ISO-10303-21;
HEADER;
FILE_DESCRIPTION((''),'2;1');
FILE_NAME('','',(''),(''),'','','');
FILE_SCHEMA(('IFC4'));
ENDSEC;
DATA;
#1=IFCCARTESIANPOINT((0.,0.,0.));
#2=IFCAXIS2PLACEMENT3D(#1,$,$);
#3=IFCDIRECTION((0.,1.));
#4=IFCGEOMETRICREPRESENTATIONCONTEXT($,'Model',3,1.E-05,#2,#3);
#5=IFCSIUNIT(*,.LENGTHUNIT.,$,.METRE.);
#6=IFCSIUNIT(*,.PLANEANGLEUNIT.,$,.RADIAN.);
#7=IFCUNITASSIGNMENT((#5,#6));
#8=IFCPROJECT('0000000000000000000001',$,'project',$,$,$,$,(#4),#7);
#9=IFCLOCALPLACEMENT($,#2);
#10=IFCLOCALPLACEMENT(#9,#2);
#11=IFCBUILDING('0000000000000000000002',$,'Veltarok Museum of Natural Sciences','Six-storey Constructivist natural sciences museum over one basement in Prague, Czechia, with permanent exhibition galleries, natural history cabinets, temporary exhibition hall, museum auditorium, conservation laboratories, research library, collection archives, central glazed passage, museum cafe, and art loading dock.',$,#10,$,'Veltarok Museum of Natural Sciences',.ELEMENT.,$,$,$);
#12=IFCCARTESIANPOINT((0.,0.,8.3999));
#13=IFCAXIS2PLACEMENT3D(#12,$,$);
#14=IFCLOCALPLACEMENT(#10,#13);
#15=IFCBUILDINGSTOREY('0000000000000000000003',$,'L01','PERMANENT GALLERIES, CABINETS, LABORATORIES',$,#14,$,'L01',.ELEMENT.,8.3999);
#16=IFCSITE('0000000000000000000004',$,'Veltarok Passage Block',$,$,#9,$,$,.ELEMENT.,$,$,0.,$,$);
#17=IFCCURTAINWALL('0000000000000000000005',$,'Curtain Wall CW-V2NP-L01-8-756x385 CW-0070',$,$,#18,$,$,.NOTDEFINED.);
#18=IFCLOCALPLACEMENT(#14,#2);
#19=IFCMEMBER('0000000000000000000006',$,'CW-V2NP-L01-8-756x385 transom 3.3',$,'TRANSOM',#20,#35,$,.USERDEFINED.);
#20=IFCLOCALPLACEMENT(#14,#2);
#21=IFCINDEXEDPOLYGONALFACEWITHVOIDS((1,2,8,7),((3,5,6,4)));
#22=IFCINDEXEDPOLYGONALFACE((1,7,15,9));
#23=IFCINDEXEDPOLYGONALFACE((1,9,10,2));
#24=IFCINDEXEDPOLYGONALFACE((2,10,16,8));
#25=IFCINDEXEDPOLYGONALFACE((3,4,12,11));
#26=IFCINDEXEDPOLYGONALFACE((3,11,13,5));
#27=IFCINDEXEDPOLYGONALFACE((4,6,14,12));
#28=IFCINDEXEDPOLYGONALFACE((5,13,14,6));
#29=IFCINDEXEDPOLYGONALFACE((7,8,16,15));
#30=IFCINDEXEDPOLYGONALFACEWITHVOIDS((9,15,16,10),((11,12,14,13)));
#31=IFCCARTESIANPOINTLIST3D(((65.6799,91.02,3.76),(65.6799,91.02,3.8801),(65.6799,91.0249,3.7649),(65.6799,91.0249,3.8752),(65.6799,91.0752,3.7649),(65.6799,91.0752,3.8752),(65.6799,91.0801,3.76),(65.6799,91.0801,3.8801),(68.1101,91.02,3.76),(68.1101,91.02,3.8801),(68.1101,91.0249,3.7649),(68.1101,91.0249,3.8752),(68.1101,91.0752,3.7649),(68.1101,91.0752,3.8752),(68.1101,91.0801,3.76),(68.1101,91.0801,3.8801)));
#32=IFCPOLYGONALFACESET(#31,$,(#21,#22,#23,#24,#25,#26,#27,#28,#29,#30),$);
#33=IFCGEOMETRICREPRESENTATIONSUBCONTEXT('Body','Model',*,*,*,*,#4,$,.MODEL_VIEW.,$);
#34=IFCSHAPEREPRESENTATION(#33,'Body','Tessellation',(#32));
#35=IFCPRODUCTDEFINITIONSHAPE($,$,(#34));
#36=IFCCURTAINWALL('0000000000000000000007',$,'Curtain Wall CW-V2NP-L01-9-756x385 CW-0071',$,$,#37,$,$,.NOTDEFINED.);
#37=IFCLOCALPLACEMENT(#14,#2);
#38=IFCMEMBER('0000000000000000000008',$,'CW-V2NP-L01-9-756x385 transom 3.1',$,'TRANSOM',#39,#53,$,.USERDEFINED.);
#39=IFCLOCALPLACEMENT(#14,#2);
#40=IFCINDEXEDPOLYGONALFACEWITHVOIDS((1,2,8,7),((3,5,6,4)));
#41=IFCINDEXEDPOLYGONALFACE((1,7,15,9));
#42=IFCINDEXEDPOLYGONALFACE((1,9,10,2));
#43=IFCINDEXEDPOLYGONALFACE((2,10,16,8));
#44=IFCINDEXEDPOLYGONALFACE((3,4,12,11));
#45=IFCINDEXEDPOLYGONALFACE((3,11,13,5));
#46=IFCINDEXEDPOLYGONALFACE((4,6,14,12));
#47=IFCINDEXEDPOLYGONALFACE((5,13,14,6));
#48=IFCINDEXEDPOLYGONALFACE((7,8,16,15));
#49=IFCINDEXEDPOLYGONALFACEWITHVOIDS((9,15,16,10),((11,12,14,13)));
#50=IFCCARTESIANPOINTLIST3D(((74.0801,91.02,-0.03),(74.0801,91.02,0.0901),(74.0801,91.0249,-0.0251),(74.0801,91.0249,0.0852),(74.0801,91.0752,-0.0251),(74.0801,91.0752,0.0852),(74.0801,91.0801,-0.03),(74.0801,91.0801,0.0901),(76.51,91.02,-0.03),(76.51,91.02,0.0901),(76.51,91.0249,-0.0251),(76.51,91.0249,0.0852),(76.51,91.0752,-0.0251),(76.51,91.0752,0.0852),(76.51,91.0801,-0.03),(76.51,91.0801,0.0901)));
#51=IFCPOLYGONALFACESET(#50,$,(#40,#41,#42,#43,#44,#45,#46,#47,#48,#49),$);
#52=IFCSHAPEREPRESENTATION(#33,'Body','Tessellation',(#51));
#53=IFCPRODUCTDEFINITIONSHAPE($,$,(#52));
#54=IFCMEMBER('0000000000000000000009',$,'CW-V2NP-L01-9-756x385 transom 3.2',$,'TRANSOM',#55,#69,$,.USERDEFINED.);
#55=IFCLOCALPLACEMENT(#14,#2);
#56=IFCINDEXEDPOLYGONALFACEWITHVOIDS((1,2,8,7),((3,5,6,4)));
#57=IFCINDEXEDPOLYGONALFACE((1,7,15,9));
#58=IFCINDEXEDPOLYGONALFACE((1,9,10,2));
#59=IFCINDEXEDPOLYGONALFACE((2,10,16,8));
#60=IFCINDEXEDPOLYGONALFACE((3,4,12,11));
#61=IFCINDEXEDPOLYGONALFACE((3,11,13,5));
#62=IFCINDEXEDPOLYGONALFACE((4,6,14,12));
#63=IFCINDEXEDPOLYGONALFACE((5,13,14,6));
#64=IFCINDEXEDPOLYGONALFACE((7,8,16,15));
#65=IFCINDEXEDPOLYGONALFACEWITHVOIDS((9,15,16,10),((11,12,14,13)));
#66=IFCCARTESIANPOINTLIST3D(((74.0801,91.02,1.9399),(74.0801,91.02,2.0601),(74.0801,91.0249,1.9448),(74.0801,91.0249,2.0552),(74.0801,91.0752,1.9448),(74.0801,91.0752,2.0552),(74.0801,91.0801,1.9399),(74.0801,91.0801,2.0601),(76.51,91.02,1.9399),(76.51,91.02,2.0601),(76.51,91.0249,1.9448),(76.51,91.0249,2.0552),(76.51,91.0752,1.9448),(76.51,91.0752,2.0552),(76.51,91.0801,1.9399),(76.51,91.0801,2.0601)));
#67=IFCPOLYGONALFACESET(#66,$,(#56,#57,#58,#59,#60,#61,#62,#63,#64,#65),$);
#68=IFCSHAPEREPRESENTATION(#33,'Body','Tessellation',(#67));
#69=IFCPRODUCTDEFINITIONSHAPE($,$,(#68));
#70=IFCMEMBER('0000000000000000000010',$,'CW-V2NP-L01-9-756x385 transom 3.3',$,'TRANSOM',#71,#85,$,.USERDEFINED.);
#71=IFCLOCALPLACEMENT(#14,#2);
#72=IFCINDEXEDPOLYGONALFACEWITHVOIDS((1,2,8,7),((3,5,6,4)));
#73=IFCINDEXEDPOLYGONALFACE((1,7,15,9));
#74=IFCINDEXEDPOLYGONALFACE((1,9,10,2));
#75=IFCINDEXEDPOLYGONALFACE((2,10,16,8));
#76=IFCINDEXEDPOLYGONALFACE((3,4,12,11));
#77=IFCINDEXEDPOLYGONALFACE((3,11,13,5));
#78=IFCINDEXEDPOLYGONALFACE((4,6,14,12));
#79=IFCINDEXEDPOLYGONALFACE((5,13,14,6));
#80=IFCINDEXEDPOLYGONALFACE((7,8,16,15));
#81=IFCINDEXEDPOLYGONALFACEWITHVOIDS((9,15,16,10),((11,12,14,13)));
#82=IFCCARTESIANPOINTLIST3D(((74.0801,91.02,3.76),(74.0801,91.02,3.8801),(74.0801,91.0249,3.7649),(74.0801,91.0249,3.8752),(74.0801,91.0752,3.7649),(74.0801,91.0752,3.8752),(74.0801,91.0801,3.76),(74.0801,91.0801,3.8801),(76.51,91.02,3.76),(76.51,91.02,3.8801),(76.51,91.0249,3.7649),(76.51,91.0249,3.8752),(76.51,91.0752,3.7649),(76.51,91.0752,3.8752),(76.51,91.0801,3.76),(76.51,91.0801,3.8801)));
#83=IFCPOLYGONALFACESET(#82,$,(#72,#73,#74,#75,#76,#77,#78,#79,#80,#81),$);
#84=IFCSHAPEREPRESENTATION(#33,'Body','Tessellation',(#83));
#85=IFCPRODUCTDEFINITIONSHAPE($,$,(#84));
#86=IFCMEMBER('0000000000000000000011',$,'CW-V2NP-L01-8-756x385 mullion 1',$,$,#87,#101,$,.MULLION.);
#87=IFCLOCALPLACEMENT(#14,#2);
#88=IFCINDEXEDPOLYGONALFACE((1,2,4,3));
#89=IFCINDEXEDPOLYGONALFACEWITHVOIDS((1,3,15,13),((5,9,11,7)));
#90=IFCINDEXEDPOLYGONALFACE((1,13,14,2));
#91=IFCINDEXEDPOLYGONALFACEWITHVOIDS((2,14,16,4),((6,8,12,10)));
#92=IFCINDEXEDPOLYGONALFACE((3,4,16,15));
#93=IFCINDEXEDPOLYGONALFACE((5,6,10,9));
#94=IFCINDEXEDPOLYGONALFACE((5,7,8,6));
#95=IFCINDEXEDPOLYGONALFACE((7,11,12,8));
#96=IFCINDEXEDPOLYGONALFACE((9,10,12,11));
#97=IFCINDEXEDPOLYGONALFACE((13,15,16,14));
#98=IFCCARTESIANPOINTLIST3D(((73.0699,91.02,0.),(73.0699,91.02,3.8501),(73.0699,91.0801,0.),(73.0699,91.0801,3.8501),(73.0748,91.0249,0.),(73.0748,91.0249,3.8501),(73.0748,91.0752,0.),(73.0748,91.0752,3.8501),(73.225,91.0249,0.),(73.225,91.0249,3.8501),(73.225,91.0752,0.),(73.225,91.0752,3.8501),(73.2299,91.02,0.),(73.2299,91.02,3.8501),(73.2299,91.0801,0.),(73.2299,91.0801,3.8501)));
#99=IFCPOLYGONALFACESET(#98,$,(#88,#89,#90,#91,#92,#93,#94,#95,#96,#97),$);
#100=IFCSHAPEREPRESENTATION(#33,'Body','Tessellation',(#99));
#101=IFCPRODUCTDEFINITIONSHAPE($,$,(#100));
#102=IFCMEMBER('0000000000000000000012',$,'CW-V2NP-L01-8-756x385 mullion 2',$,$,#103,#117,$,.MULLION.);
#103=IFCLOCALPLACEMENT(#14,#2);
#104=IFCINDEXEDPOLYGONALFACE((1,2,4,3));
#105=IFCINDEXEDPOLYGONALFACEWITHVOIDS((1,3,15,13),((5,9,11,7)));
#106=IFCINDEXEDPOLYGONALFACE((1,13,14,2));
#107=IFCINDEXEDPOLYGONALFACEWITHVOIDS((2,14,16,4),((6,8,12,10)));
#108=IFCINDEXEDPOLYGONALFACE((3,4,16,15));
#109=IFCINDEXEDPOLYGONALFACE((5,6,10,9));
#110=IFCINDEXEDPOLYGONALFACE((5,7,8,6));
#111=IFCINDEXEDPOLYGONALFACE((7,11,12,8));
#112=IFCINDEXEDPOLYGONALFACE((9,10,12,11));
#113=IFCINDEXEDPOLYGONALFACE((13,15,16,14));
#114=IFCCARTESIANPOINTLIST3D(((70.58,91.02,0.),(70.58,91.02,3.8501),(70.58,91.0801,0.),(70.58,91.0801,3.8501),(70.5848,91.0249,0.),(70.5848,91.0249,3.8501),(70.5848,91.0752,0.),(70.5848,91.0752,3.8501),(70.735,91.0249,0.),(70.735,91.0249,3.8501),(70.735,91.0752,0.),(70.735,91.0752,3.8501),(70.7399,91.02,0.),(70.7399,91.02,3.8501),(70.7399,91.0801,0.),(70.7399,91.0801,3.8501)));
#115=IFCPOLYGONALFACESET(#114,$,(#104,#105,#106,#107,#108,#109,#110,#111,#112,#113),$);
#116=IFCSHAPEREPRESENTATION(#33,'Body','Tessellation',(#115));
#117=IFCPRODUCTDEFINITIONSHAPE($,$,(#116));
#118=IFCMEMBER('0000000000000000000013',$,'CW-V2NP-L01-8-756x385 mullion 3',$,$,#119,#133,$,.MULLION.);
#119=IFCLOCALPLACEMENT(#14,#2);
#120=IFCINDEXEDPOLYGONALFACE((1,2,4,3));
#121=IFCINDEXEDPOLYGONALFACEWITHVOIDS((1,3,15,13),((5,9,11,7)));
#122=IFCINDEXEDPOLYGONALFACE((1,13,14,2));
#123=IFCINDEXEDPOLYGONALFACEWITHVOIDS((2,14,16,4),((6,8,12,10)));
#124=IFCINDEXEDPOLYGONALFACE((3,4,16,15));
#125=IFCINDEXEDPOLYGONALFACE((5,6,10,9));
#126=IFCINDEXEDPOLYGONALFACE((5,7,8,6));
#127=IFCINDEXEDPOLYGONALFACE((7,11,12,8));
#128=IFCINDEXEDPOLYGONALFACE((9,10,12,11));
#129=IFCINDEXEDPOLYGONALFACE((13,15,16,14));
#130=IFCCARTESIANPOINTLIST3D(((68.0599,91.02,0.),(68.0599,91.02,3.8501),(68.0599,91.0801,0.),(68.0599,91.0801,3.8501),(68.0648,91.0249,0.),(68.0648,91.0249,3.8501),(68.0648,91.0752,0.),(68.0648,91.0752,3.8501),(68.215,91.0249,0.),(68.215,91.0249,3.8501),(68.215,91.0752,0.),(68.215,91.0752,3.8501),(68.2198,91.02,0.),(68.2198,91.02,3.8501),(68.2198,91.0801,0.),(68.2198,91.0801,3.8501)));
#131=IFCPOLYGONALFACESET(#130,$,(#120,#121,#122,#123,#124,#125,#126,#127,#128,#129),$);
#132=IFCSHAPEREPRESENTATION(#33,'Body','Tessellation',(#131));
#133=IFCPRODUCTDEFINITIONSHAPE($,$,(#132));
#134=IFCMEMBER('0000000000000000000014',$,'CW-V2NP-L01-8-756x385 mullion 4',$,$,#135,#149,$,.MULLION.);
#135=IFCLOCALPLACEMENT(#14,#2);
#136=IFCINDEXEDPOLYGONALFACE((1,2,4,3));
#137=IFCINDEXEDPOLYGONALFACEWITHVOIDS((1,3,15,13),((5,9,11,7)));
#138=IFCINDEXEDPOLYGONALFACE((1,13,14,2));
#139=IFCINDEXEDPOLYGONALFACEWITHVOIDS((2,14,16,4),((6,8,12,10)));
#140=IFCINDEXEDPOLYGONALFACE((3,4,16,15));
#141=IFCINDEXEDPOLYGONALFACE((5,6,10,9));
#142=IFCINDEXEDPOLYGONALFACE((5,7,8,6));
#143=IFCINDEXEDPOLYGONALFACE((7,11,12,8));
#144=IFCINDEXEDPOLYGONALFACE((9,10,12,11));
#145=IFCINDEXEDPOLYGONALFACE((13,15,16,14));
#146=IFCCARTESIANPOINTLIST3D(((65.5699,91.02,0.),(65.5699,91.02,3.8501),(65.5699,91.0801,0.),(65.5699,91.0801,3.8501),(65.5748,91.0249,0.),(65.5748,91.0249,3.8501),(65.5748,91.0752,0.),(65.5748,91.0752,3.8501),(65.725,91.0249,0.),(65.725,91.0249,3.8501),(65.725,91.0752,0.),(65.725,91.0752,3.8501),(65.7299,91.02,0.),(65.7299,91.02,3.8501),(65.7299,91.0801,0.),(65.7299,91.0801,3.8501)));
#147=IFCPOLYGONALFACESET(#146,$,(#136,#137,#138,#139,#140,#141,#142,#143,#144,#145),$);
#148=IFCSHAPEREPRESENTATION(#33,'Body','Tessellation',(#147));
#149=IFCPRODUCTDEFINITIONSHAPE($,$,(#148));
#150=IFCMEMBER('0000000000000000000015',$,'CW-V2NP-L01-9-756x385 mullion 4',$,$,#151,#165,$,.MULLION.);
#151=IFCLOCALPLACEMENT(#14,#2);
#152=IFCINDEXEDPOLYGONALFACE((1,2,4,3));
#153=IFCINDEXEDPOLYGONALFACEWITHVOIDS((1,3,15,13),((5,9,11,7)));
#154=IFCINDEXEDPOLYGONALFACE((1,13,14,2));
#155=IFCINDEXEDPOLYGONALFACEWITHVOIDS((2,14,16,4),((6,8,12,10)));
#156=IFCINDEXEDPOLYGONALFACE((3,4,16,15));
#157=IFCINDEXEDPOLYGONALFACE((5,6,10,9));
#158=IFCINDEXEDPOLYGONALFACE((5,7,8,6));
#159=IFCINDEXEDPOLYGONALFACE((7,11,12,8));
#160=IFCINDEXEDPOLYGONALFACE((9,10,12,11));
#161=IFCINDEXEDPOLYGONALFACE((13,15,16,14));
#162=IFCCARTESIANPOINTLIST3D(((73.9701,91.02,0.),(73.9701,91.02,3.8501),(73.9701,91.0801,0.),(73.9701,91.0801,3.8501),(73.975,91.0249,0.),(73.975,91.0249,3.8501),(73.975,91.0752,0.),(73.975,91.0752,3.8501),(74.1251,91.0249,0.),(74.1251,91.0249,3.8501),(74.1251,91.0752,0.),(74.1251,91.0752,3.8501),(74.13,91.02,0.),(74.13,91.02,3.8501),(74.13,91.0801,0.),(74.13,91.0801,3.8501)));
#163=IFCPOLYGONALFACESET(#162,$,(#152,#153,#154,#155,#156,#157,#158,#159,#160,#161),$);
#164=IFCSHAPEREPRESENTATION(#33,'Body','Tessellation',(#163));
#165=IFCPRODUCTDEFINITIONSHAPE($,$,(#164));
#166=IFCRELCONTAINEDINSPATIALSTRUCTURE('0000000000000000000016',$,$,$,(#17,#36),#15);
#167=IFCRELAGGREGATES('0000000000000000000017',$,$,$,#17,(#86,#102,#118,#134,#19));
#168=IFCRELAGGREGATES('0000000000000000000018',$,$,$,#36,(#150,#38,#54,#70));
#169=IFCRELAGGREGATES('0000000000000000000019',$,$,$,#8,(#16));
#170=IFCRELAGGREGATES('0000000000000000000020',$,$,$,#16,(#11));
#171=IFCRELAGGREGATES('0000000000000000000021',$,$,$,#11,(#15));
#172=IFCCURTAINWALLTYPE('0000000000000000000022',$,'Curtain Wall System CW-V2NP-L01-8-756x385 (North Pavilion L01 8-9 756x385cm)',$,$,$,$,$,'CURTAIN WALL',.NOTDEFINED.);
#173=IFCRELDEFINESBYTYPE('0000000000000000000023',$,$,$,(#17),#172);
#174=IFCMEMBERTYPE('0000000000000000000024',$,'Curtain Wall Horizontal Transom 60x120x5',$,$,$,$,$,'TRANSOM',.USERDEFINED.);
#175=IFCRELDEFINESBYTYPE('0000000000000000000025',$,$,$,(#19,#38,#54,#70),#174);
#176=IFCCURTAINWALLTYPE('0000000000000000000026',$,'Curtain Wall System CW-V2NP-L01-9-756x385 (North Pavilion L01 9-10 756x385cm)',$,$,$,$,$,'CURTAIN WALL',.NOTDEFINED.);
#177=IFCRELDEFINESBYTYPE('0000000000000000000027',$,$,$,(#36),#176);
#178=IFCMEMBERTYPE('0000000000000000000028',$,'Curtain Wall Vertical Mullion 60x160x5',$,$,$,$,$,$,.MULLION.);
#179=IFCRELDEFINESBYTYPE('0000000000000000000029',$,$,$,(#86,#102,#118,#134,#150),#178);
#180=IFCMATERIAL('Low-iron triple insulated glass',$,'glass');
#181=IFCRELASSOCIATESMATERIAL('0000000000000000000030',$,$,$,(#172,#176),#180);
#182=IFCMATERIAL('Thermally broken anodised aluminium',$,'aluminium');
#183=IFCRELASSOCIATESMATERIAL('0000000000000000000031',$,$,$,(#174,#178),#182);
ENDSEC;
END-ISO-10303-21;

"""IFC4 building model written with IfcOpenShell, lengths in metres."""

from ifc_helpers import new_model, si_unit, direction, frame, origin, origin_2d, place, context, subcontext, project, spatial, hollow_rectangle, extrude, material, material_profile, profile_set, type_object, element, aggregate, save


model = new_model("IFC4")

# Units and contexts
model_context = context("Model", 3, precision=1e-05, world=origin(), true_north=direction((0.0, 1.0)))
body_context = subcontext(model_context, "Body", "Model", "MODEL_VIEW")
ifc_project = project(units=[si_unit("LENGTHUNIT", "METRE"), si_unit("PLANEANGLEUNIT", "RADIAN")], contexts=[model_context])

# Site, building, storey
site_placement = place(None, origin())
site = spatial("IfcSite", under=ifc_project, at=site_placement, Name="Veltarok Passage Block", CompositionType="ELEMENT", RefElevation=0.0)
building_placement = place(site_placement, origin())
building = spatial("IfcBuilding", under=site, at=building_placement, Name="Veltarok Museum of Natural Sciences", Description="Six-storey Constructivist natural sciences museum over one basement in Prague, Czechia, with permanent exhibition galleries, natural history cabinets, temporary exhibition hall, museum auditorium, conservation laboratories, research library, collection archives, central glazed passage, museum cafe, and art loading dock.", LongName="Veltarok Museum of Natural Sciences", CompositionType="ELEMENT")
storey_placement = place(building_placement, frame((0.0, 0.0, 8.3999)))
storey = spatial("IfcBuildingStorey", under=building, at=storey_placement, Name="L01", Description="PERMANENT GALLERIES, CABINETS, LABORATORIES", LongName="L01", CompositionType="ELEMENT", Elevation=8.3999)

# Curtain walls, members
ifc_material_1 = material(Name="Low-iron triple insulated glass", Category="glass")
curtain_wall_type_1 = type_object("IfcCurtainWallType", Name="Curtain Wall System CW-V2NP-L01-8-756x385 (North Pavilion L01 8-9 756x385cm)", ElementType="CURTAIN WALL", PredefinedType="NOTDEFINED", material=ifc_material_1)
curtain_wall_1_placement = place(storey_placement, origin())
curtain_wall_1 = element("IfcCurtainWall", 1, at=curtain_wall_1_placement, inside=storey, type_object=curtain_wall_type_1, Name="Curtain Wall CW-V2NP-L01-8-756x385 CW-0070", PredefinedType="NOTDEFINED")
ifc_material_2 = material(Name="Thermally broken anodised aluminium", Category="aluminium")
ifc_material_profile_1 = material_profile(ifc_material_2, hollow_rectangle(XDim=0.0601, YDim=0.1201, WallThickness=0.0049, at=origin_2d()), Name="CW TRANSOM 60x120x5")
ifc_profile_set_1 = profile_set([ifc_material_profile_1], Name="Thermally broken anodised aluminium")
member_type_1 = type_object("IfcMemberType", Name="Curtain Wall Horizontal Transom 60x120x5", ElementType="TRANSOM", PredefinedType="USERDEFINED", material=ifc_profile_set_1)
member_1_placement = place(storey_placement, frame((68.1101, 91.05, 3.8201), z_axis=(-1.0, 0.0, 0.0), x_axis=(0.0, -1.0, 0.0)))
member_1 = element("IfcMember", 2, at=member_1_placement, type_object=member_type_1, Name="CW-V2NP-L01-8-756x385 transom 3.3", ObjectType="TRANSOM", PredefinedType="USERDEFINED", context=body_context, shape_type="SweptSolid", body=[
    extrude(hollow_rectangle(XDim=0.0601, YDim=0.1201, WallThickness=0.0049, at=origin_2d()), origin(), (0.0, 0.0, 1.0), 2.4302),
])
curtain_wall_type_2 = type_object("IfcCurtainWallType", Name="Curtain Wall System CW-V2NP-L01-9-756x385 (North Pavilion L01 9-10 756x385cm)", ElementType="CURTAIN WALL", PredefinedType="NOTDEFINED", material=ifc_material_1)
curtain_wall_2_placement = place(storey_placement, origin())
curtain_wall_2 = element("IfcCurtainWall", 3, at=curtain_wall_2_placement, inside=storey, type_object=curtain_wall_type_2, Name="Curtain Wall CW-V2NP-L01-9-756x385 CW-0071", PredefinedType="NOTDEFINED")
member_2_placement = place(storey_placement, frame((76.51, 91.05, 0.03), z_axis=(-1.0, 0.0, 0.0), x_axis=(0.0, -1.0, 0.0)))
member_2 = element("IfcMember", 4, at=member_2_placement, type_object=member_type_1, Name="CW-V2NP-L01-9-756x385 transom 3.1", ObjectType="TRANSOM", PredefinedType="USERDEFINED", context=body_context, shape_type="SweptSolid", body=[
    extrude(hollow_rectangle(XDim=0.0601, YDim=0.1201, WallThickness=0.0049, at=origin_2d()), origin(), (0.0, 0.0, 1.0), 2.4299),
])
member_3_placement = place(storey_placement, frame((76.51, 91.05, 2.0), z_axis=(-1.0, 0.0, 0.0), x_axis=(0.0, -1.0, 0.0)))
member_3 = element("IfcMember", 5, at=member_3_placement, type_object=member_type_1, Name="CW-V2NP-L01-9-756x385 transom 3.2", ObjectType="TRANSOM", PredefinedType="USERDEFINED", context=body_context, shape_type="SweptSolid", body=[
    extrude(hollow_rectangle(XDim=0.0601, YDim=0.1201, WallThickness=0.0049, at=origin_2d()), origin(), (0.0, 0.0, 1.0), 2.4299),
])
member_4_placement = place(storey_placement, frame((76.51, 91.05, 3.8201), z_axis=(-1.0, 0.0, 0.0), x_axis=(0.0, -1.0, 0.0)))
member_4 = element("IfcMember", 6, at=member_4_placement, type_object=member_type_1, Name="CW-V2NP-L01-9-756x385 transom 3.3", ObjectType="TRANSOM", PredefinedType="USERDEFINED", context=body_context, shape_type="SweptSolid", body=[
    extrude(hollow_rectangle(XDim=0.0601, YDim=0.1201, WallThickness=0.0049, at=origin_2d()), origin(), (0.0, 0.0, 1.0), 2.4299),
])

# Members
ifc_material_profile_2 = material_profile(ifc_material_2, hollow_rectangle(XDim=0.0601, YDim=0.1599, WallThickness=0.0049, at=origin_2d()), Name="CW MULLION 60x160x5")
ifc_profile_set_2 = profile_set([ifc_material_profile_2], Name="Thermally broken anodised aluminium")
member_type_2 = type_object("IfcMemberType", Name="Curtain Wall Vertical Mullion 60x160x5", PredefinedType="MULLION", material=ifc_profile_set_2)
member_5_placement = place(storey_placement, frame((73.1499, 91.05, 0.0), z_axis=(0.0, 0.0, 1.0), x_axis=(0.0, -1.0, 0.0)))
member_5 = element("IfcMember", 7, at=member_5_placement, type_object=member_type_2, Name="CW-V2NP-L01-8-756x385 mullion 1", PredefinedType="MULLION", context=body_context, shape_type="SweptSolid", body=[
    extrude(hollow_rectangle(XDim=0.0601, YDim=0.1599, WallThickness=0.0049, at=origin_2d()), origin(), (0.0, 0.0, 1.0), 3.8501),
])
member_6_placement = place(storey_placement, frame((70.6599, 91.05, 0.0), z_axis=(0.0, 0.0, 1.0), x_axis=(0.0, -1.0, 0.0)))
member_6 = element("IfcMember", 8, at=member_6_placement, type_object=member_type_2, Name="CW-V2NP-L01-8-756x385 mullion 2", PredefinedType="MULLION", context=body_context, shape_type="SweptSolid", body=[
    extrude(hollow_rectangle(XDim=0.0601, YDim=0.1599, WallThickness=0.0049, at=origin_2d()), origin(), (0.0, 0.0, 1.0), 3.8501),
])
member_7_placement = place(storey_placement, frame((68.1399, 91.05, 0.0), z_axis=(0.0, 0.0, 1.0), x_axis=(0.0, -1.0, 0.0)))
member_7 = element("IfcMember", 9, at=member_7_placement, type_object=member_type_2, Name="CW-V2NP-L01-8-756x385 mullion 3", PredefinedType="MULLION", context=body_context, shape_type="SweptSolid", body=[
    extrude(hollow_rectangle(XDim=0.0601, YDim=0.1599, WallThickness=0.0049, at=origin_2d()), origin(), (0.0, 0.0, 1.0), 3.8501),
])
member_8_placement = place(storey_placement, frame((65.6499, 91.05, 0.0), z_axis=(0.0, 0.0, 1.0), x_axis=(0.0, -1.0, 0.0)))
member_8 = element("IfcMember", 10, at=member_8_placement, type_object=member_type_2, Name="CW-V2NP-L01-8-756x385 mullion 4", PredefinedType="MULLION", context=body_context, shape_type="SweptSolid", body=[
    extrude(hollow_rectangle(XDim=0.0601, YDim=0.1599, WallThickness=0.0049, at=origin_2d()), origin(), (0.0, 0.0, 1.0), 3.8501),
])
member_9_placement = place(storey_placement, frame((74.05, 91.05, 0.0), z_axis=(0.0, 0.0, 1.0), x_axis=(0.0, -1.0, 0.0)))
member_9 = element("IfcMember", 11, at=member_9_placement, type_object=member_type_2, Name="CW-V2NP-L01-9-756x385 mullion 4", PredefinedType="MULLION", context=body_context, shape_type="SweptSolid", body=[
    extrude(hollow_rectangle(XDim=0.0601, YDim=0.1599, WallThickness=0.0049, at=origin_2d()), origin(), (0.0, 0.0, 1.0), 3.8501),
])

aggregate(curtain_wall_1, [member_5, member_6, member_7, member_8, member_1])
aggregate(curtain_wall_2, [member_9, member_2, member_3, member_4])

save(model, "model.ifc")
